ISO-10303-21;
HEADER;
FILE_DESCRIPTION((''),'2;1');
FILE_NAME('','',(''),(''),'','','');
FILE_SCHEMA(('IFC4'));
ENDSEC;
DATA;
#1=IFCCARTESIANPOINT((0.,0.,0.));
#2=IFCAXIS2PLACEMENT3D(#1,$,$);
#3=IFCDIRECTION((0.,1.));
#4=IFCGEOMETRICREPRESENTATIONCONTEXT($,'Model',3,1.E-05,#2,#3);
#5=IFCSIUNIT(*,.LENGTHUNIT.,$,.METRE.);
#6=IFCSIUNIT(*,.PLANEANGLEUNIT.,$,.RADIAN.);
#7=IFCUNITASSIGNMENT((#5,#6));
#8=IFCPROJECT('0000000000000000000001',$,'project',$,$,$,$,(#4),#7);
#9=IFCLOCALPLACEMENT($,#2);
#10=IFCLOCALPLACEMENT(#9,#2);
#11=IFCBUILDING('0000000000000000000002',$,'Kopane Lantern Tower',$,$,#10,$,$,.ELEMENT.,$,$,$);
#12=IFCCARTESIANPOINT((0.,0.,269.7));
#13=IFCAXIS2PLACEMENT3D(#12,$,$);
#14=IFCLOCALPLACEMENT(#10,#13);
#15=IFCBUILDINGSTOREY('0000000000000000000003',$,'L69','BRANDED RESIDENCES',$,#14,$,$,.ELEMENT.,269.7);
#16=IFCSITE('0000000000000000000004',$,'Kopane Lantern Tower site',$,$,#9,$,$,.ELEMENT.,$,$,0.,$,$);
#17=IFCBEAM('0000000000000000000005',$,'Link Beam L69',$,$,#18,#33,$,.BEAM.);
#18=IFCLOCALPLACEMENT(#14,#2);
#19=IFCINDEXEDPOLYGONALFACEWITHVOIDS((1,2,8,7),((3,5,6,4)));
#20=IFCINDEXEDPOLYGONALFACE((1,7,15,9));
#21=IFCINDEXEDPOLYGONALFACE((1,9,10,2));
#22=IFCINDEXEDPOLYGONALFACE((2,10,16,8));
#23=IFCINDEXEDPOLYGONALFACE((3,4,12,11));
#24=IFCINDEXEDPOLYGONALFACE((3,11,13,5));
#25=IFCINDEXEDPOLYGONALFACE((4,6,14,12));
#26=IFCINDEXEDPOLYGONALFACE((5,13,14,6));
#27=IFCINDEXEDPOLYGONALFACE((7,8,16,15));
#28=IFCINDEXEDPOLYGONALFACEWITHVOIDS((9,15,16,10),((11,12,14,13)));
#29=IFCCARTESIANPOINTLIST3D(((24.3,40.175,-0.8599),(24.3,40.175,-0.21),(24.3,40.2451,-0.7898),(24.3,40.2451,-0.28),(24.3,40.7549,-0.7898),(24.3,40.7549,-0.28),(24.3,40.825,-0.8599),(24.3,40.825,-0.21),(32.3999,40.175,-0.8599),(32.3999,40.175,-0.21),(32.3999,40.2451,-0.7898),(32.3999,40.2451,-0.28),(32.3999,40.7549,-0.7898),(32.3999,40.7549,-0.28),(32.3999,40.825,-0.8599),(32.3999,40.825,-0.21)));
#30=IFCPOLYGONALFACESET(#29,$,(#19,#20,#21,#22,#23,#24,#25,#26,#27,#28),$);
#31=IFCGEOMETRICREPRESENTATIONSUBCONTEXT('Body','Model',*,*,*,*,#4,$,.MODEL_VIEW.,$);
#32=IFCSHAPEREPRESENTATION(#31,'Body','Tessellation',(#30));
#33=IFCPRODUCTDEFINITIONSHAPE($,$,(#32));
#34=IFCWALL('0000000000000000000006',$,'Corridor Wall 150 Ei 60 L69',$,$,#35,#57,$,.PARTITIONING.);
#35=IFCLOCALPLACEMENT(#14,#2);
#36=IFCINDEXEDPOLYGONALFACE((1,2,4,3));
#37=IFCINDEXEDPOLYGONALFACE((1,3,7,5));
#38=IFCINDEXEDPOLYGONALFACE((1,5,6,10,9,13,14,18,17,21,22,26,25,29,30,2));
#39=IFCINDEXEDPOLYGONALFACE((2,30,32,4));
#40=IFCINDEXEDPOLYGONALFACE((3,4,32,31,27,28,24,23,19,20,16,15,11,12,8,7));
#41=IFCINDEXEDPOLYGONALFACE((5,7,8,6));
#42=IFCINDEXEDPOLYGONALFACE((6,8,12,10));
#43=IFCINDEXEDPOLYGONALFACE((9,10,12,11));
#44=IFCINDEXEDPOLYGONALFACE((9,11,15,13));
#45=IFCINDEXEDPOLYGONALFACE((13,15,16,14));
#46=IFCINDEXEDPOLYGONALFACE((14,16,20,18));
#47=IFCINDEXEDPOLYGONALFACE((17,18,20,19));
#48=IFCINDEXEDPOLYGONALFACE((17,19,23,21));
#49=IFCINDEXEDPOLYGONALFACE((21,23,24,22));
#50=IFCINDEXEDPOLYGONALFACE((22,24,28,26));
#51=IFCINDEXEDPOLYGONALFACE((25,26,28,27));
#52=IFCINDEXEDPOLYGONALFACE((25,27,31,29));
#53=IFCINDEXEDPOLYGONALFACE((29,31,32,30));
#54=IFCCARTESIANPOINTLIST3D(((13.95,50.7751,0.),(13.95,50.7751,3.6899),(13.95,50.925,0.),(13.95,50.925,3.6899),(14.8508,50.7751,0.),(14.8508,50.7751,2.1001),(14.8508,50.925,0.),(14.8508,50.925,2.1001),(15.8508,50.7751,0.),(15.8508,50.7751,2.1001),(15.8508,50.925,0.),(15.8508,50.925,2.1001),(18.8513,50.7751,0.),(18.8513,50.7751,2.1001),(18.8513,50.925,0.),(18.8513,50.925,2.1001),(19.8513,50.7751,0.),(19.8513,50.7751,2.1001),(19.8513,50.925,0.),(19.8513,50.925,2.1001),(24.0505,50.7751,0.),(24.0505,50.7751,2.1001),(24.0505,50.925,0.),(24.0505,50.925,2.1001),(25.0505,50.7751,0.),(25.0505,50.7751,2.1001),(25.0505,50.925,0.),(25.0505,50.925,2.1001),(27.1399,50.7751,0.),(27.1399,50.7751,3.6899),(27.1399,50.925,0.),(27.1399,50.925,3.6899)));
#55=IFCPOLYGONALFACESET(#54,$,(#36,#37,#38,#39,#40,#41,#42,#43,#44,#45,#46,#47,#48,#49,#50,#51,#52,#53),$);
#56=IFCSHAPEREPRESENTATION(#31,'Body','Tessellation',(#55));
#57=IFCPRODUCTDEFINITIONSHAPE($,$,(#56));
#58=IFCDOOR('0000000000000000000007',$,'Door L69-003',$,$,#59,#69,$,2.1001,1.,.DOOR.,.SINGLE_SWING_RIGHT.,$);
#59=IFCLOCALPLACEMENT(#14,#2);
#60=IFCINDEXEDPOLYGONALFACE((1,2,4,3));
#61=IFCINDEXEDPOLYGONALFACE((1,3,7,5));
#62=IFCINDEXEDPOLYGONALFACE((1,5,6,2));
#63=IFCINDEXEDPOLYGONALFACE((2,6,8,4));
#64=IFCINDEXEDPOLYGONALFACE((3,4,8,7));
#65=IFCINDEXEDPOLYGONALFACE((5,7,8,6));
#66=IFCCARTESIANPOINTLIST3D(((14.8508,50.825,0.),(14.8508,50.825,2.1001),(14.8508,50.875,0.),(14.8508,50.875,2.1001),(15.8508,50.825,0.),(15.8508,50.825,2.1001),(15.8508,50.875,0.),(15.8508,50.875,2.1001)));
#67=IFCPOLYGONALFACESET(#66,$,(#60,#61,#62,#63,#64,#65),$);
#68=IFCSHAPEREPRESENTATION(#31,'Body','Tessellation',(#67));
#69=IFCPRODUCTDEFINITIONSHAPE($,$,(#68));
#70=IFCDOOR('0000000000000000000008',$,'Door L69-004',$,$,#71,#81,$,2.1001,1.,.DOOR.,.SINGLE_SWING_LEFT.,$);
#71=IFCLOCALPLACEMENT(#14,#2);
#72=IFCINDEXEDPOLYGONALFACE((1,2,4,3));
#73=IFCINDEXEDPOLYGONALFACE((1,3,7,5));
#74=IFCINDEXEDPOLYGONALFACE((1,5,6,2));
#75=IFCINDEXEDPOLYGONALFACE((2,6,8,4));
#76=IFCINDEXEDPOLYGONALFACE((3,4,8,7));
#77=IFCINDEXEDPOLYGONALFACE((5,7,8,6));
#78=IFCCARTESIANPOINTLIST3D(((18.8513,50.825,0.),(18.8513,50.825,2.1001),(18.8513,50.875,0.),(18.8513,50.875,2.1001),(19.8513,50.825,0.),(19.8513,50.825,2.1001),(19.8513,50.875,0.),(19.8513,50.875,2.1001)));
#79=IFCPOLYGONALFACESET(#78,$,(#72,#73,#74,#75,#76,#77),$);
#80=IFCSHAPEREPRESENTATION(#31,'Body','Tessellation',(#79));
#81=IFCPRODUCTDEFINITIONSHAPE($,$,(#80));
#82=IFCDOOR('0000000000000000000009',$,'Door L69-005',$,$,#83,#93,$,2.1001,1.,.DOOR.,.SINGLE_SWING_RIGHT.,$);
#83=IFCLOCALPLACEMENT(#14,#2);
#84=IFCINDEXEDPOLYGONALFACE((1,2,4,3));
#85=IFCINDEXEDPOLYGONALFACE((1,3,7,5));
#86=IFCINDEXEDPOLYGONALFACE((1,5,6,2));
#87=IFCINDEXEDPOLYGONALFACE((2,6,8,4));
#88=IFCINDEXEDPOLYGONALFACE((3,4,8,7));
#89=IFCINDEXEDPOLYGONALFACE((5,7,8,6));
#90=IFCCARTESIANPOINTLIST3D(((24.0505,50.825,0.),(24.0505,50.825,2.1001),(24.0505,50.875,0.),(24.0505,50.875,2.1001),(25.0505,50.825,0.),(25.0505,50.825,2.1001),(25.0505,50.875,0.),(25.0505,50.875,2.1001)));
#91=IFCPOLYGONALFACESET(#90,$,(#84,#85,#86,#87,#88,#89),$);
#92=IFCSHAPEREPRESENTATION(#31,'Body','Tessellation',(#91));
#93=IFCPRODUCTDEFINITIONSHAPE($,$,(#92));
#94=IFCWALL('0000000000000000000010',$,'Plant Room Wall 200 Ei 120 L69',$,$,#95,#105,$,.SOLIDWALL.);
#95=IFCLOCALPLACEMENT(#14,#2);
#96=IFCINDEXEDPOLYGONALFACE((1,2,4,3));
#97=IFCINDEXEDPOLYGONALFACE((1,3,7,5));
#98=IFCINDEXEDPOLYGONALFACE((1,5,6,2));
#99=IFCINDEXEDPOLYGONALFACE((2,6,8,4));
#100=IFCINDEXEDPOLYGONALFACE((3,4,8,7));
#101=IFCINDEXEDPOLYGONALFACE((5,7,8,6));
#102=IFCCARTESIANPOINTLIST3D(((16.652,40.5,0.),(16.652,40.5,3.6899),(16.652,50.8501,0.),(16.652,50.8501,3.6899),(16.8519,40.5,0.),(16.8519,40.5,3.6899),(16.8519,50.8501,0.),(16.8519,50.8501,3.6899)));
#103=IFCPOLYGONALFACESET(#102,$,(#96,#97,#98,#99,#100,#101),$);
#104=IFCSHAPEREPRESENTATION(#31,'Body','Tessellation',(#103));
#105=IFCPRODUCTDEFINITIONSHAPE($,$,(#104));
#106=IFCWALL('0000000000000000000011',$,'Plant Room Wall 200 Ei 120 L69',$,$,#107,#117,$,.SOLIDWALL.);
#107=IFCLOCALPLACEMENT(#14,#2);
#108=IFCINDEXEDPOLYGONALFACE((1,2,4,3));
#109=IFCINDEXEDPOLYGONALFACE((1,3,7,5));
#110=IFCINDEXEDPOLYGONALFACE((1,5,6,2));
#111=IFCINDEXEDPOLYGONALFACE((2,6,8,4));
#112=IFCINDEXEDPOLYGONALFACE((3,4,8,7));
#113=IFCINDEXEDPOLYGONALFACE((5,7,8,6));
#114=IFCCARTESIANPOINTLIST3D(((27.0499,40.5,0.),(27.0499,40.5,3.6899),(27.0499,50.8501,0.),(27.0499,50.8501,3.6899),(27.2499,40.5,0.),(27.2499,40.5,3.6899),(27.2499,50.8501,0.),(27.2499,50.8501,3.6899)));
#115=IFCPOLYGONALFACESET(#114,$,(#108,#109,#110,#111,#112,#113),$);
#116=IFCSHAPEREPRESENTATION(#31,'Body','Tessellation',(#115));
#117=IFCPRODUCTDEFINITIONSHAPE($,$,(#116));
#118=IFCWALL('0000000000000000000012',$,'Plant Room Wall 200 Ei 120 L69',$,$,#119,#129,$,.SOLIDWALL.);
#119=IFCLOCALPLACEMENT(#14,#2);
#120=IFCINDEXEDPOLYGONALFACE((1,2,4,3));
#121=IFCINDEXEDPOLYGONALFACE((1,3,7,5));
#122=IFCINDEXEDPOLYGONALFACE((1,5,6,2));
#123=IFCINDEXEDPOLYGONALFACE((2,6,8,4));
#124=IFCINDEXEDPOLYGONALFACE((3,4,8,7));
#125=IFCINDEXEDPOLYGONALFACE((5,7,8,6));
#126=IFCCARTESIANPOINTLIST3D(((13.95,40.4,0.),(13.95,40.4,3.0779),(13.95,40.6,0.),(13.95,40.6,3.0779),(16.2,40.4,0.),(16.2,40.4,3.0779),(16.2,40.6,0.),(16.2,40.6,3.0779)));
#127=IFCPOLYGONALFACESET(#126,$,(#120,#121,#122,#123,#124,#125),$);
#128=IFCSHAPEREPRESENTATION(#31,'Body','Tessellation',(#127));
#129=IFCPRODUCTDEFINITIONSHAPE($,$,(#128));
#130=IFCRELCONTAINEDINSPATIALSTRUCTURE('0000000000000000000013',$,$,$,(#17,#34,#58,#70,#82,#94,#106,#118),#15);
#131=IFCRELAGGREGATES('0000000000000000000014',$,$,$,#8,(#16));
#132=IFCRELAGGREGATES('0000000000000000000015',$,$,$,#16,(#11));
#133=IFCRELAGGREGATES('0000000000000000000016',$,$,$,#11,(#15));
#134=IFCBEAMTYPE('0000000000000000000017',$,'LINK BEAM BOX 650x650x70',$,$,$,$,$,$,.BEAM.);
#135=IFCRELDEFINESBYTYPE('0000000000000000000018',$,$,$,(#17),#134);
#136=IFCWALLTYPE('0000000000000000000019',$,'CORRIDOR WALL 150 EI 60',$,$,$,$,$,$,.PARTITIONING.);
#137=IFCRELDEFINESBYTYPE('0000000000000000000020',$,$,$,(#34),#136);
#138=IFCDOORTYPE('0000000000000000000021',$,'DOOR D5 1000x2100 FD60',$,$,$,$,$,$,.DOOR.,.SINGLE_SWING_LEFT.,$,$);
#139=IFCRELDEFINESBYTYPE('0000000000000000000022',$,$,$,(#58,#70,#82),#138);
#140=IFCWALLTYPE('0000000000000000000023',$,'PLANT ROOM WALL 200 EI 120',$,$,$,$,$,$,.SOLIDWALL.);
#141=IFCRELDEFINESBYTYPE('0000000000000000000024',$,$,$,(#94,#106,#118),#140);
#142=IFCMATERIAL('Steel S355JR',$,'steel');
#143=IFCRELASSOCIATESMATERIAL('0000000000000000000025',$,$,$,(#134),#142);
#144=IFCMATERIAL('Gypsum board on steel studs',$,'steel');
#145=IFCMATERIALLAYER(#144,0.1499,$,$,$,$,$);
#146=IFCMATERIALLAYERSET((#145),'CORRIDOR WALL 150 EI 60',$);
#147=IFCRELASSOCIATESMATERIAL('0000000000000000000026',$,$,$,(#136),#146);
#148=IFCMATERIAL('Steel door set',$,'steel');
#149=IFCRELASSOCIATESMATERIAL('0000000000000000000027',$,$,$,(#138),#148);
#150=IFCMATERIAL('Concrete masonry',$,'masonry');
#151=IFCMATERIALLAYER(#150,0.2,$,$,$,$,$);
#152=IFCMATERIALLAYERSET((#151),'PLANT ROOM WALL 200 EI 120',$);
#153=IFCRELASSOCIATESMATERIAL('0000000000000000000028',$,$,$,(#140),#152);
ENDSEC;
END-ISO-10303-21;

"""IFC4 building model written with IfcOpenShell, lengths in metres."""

from ifc_helpers import new_model, si_unit, direction, frame, frame_2d, origin, origin_2d, place, context, subcontext, project, spatial, rectangle, hollow_rectangle, extrude, material, layer, layer_set, material_profile, profile_set, type_object, element, fill, save


model = new_model("IFC4")

# Units and contexts
model_context = context("Model", 3, precision=1e-05, world=origin(), true_north=direction((0.0, 1.0)))
body_context = subcontext(model_context, "Body", "Model", "MODEL_VIEW")
ifc_project = project(units=[si_unit("LENGTHUNIT", "METRE"), si_unit("PLANEANGLEUNIT", "RADIAN")], contexts=[model_context])

# Site, building, storey
site_placement = place(None, origin())
site = spatial("IfcSite", under=ifc_project, at=site_placement, Name="Kopane Lantern Tower site", CompositionType="ELEMENT", RefElevation=0.0)
building_placement = place(site_placement, origin())
building = spatial("IfcBuilding", under=site, at=building_placement, Name="Kopane Lantern Tower", CompositionType="ELEMENT")
storey_placement = place(building_placement, frame((0.0, 0.0, 269.7)))
storey = spatial("IfcBuildingStorey", under=building, at=storey_placement, Name="L69", Description="BRANDED RESIDENCES", CompositionType="ELEMENT", Elevation=269.7)

# Beam
ifc_material_1 = material(Name="Steel S355JR", Category="steel")
ifc_material_profile_1 = material_profile(ifc_material_1, hollow_rectangle(XDim=0.6499, YDim=0.6499, WallThickness=0.0701, at=origin_2d()), Name="BOX 650x650x70")
ifc_profile_set_1 = profile_set([ifc_material_profile_1], Name="Steel S355JR")
beam_type_1 = type_object("IfcBeamType", Name="LINK BEAM BOX 650x650x70", PredefinedType="BEAM", material=ifc_profile_set_1)
beam_1_placement = place(storey_placement, frame((24.3, 40.5, -0.5349), z_axis=(1.0, 0.0, 0.0), x_axis=(0.0, 1.0, 0.0)))
element("IfcBeam", 1, at=beam_1_placement, inside=storey, type_object=beam_type_1, Name="Link Beam L69", PredefinedType="BEAM", context=body_context, shape_type="SweptSolid", body=[
    extrude(hollow_rectangle(XDim=0.6499, YDim=0.6499, WallThickness=0.0701, at=origin_2d()), origin(), (0.0, 0.0, 1.0), 8.0999),
])

# Wall, openings, doors
ifc_material_2 = material(Name="Gypsum board on steel studs", Category="steel")
ifc_layer_1 = layer(ifc_material_2, 0.1499)
ifc_layer_set_1 = layer_set([ifc_layer_1], Name="CORRIDOR WALL 150 EI 60")
wall_type_1 = type_object("IfcWallType", Name="CORRIDOR WALL 150 EI 60", PredefinedType="PARTITIONING", material=ifc_layer_set_1)
wall_1_placement = place(storey_placement, frame((13.95, 50.8501, 0.0), z_axis=(0.0, 0.0, 1.0), x_axis=(1.0, 0.0, 0.0)))
wall_1 = element("IfcWall", 2, at=wall_1_placement, inside=storey, type_object=wall_type_1, Name="Corridor Wall 150 Ei 60 L69", PredefinedType="PARTITIONING", context=body_context, shape_type="SweptSolid", body=[
    extrude(rectangle(XDim=13.1899, YDim=0.1499, at=frame_2d((6.595, 0.0))), origin(), (0.0, 0.0, 1.0), 3.6899),
])
opening_1_placement = place(wall_1_placement, frame((0.9009, 0.0, 0.0)))
opening_1 = element("IfcOpeningElement", 3, at=opening_1_placement, cuts=wall_1, PredefinedType="OPENING", context=body_context, shape_type="SweptSolid", body=[
    extrude(rectangle(XDim=1.0, YDim=2.1001, at=frame_2d((0.5, 1.05))), frame((0.0, 0.085, 0.0), z_axis=(0.0, -1.0, 0.0), x_axis=(1.0, 0.0, 0.0)), (0.0, 0.0, 1.0), 0.1699),
])
opening_2_placement = place(wall_1_placement, frame((4.9014, 0.0, 0.0)))
opening_2 = element("IfcOpeningElement", 4, at=opening_2_placement, cuts=wall_1, PredefinedType="OPENING", context=body_context, shape_type="SweptSolid", body=[
    extrude(rectangle(XDim=1.0, YDim=2.1001, at=frame_2d((0.5, 1.05))), frame((0.0, 0.085, 0.0), z_axis=(0.0, -1.0, 0.0), x_axis=(1.0, 0.0, 0.0)), (0.0, 0.0, 1.0), 0.1699),
])
opening_3_placement = place(wall_1_placement, frame((10.1006, 0.0, 0.0)))
opening_3 = element("IfcOpeningElement", 5, at=opening_3_placement, cuts=wall_1, PredefinedType="OPENING", context=body_context, shape_type="SweptSolid", body=[
    extrude(rectangle(XDim=1.0, YDim=2.1001, at=frame_2d((0.5, 1.05))), frame((0.0, 0.085, 0.0), z_axis=(0.0, -1.0, 0.0), x_axis=(1.0, 0.0, 0.0)), (0.0, 0.0, 1.0), 0.1699),
])
ifc_material_3 = material(Name="Steel door set", Category="steel")
door_type_1 = type_object("IfcDoorType", Name="DOOR D5 1000x2100 FD60", OperationType="SINGLE_SWING_LEFT", PredefinedType="DOOR", material=ifc_material_3)
door_1_placement = place(opening_1_placement, origin())
door_1 = element("IfcDoor", 6, at=door_1_placement, inside=storey, type_object=door_type_1, Name="Door L69-003", OperationType="SINGLE_SWING_RIGHT", OverallHeight=2.1001, OverallWidth=1.0, PredefinedType="DOOR", context=body_context, shape_type="SweptSolid", body=[
    extrude(rectangle(XDim=1.0, YDim=2.1001, at=frame_2d((0.5, 1.05))), frame((0.0, 0.0249, 0.0), z_axis=(0.0, -1.0, 0.0), x_axis=(1.0, 0.0, 0.0)), (0.0, 0.0, 1.0), 0.05),
])
fill(opening_1, door_1)
door_2_placement = place(opening_2_placement, origin())
door_2 = element("IfcDoor", 7, at=door_2_placement, inside=storey, type_object=door_type_1, Name="Door L69-004", OperationType="SINGLE_SWING_LEFT", OverallHeight=2.1001, OverallWidth=1.0, PredefinedType="DOOR", context=body_context, shape_type="SweptSolid", body=[
    extrude(rectangle(XDim=1.0, YDim=2.1001, at=frame_2d((0.5, 1.05))), frame((0.0, 0.0249, 0.0), z_axis=(0.0, -1.0, 0.0), x_axis=(1.0, 0.0, 0.0)), (0.0, 0.0, 1.0), 0.05),
])
fill(opening_2, door_2)
door_3_placement = place(opening_3_placement, origin())
door_3 = element("IfcDoor", 8, at=door_3_placement, inside=storey, type_object=door_type_1, Name="Door L69-005", OperationType="SINGLE_SWING_RIGHT", OverallHeight=2.1001, OverallWidth=1.0, PredefinedType="DOOR", context=body_context, shape_type="SweptSolid", body=[
    extrude(rectangle(XDim=1.0, YDim=2.1001, at=frame_2d((0.5, 1.05))), frame((0.0, 0.0249, 0.0), z_axis=(0.0, -1.0, 0.0), x_axis=(1.0, 0.0, 0.0)), (0.0, 0.0, 1.0), 0.05),
])
fill(opening_3, door_3)

# Walls
ifc_material_4 = material(Name="Concrete masonry", Category="masonry")
ifc_layer_2 = layer(ifc_material_4, 0.2)
ifc_layer_set_2 = layer_set([ifc_layer_2], Name="PLANT ROOM WALL 200 EI 120")
wall_type_2 = type_object("IfcWallType", Name="PLANT ROOM WALL 200 EI 120", PredefinedType="SOLIDWALL", material=ifc_layer_set_2)
for number, where, z_axis, x_axis, name in (
    (9, (16.752, 50.8501, 0.0), (0.0, 0.0, 1.0), (0.0, -1.0, 0.0), "Plant Room Wall 200 Ei 120 L69"),
    (10, (27.1499, 40.5, 0.0), (0.0, 0.0, 1.0), (0.0, 1.0, 0.0), "Plant Room Wall 200 Ei 120 L69"),
):
    element("IfcWall", number, at=place(storey_placement, frame(where, z_axis=z_axis, x_axis=x_axis)), inside=storey, type_object=wall_type_2, Name=name, PredefinedType="SOLIDWALL", context=body_context, shape_type="SweptSolid", body=[
        extrude(rectangle(XDim=10.3501, YDim=0.2, at=frame_2d((5.175, 0.0))), origin(), (0.0, 0.0, 1.0), 3.6899),
    ])
wall_2_placement = place(storey_placement, frame((13.95, 40.5, 0.0), z_axis=(0.0, 0.0, 1.0), x_axis=(1.0, 0.0, 0.0)))
element("IfcWall", 11, at=wall_2_placement, inside=storey, type_object=wall_type_2, Name="Plant Room Wall 200 Ei 120 L69", PredefinedType="SOLIDWALL", context=body_context, shape_type="SweptSolid", body=[
    extrude(rectangle(XDim=2.25, YDim=0.2, at=frame_2d((1.125, 0.0))), origin(), (0.0, 0.0, 1.0), 3.0779),
])

save(model, "model.ifc")
